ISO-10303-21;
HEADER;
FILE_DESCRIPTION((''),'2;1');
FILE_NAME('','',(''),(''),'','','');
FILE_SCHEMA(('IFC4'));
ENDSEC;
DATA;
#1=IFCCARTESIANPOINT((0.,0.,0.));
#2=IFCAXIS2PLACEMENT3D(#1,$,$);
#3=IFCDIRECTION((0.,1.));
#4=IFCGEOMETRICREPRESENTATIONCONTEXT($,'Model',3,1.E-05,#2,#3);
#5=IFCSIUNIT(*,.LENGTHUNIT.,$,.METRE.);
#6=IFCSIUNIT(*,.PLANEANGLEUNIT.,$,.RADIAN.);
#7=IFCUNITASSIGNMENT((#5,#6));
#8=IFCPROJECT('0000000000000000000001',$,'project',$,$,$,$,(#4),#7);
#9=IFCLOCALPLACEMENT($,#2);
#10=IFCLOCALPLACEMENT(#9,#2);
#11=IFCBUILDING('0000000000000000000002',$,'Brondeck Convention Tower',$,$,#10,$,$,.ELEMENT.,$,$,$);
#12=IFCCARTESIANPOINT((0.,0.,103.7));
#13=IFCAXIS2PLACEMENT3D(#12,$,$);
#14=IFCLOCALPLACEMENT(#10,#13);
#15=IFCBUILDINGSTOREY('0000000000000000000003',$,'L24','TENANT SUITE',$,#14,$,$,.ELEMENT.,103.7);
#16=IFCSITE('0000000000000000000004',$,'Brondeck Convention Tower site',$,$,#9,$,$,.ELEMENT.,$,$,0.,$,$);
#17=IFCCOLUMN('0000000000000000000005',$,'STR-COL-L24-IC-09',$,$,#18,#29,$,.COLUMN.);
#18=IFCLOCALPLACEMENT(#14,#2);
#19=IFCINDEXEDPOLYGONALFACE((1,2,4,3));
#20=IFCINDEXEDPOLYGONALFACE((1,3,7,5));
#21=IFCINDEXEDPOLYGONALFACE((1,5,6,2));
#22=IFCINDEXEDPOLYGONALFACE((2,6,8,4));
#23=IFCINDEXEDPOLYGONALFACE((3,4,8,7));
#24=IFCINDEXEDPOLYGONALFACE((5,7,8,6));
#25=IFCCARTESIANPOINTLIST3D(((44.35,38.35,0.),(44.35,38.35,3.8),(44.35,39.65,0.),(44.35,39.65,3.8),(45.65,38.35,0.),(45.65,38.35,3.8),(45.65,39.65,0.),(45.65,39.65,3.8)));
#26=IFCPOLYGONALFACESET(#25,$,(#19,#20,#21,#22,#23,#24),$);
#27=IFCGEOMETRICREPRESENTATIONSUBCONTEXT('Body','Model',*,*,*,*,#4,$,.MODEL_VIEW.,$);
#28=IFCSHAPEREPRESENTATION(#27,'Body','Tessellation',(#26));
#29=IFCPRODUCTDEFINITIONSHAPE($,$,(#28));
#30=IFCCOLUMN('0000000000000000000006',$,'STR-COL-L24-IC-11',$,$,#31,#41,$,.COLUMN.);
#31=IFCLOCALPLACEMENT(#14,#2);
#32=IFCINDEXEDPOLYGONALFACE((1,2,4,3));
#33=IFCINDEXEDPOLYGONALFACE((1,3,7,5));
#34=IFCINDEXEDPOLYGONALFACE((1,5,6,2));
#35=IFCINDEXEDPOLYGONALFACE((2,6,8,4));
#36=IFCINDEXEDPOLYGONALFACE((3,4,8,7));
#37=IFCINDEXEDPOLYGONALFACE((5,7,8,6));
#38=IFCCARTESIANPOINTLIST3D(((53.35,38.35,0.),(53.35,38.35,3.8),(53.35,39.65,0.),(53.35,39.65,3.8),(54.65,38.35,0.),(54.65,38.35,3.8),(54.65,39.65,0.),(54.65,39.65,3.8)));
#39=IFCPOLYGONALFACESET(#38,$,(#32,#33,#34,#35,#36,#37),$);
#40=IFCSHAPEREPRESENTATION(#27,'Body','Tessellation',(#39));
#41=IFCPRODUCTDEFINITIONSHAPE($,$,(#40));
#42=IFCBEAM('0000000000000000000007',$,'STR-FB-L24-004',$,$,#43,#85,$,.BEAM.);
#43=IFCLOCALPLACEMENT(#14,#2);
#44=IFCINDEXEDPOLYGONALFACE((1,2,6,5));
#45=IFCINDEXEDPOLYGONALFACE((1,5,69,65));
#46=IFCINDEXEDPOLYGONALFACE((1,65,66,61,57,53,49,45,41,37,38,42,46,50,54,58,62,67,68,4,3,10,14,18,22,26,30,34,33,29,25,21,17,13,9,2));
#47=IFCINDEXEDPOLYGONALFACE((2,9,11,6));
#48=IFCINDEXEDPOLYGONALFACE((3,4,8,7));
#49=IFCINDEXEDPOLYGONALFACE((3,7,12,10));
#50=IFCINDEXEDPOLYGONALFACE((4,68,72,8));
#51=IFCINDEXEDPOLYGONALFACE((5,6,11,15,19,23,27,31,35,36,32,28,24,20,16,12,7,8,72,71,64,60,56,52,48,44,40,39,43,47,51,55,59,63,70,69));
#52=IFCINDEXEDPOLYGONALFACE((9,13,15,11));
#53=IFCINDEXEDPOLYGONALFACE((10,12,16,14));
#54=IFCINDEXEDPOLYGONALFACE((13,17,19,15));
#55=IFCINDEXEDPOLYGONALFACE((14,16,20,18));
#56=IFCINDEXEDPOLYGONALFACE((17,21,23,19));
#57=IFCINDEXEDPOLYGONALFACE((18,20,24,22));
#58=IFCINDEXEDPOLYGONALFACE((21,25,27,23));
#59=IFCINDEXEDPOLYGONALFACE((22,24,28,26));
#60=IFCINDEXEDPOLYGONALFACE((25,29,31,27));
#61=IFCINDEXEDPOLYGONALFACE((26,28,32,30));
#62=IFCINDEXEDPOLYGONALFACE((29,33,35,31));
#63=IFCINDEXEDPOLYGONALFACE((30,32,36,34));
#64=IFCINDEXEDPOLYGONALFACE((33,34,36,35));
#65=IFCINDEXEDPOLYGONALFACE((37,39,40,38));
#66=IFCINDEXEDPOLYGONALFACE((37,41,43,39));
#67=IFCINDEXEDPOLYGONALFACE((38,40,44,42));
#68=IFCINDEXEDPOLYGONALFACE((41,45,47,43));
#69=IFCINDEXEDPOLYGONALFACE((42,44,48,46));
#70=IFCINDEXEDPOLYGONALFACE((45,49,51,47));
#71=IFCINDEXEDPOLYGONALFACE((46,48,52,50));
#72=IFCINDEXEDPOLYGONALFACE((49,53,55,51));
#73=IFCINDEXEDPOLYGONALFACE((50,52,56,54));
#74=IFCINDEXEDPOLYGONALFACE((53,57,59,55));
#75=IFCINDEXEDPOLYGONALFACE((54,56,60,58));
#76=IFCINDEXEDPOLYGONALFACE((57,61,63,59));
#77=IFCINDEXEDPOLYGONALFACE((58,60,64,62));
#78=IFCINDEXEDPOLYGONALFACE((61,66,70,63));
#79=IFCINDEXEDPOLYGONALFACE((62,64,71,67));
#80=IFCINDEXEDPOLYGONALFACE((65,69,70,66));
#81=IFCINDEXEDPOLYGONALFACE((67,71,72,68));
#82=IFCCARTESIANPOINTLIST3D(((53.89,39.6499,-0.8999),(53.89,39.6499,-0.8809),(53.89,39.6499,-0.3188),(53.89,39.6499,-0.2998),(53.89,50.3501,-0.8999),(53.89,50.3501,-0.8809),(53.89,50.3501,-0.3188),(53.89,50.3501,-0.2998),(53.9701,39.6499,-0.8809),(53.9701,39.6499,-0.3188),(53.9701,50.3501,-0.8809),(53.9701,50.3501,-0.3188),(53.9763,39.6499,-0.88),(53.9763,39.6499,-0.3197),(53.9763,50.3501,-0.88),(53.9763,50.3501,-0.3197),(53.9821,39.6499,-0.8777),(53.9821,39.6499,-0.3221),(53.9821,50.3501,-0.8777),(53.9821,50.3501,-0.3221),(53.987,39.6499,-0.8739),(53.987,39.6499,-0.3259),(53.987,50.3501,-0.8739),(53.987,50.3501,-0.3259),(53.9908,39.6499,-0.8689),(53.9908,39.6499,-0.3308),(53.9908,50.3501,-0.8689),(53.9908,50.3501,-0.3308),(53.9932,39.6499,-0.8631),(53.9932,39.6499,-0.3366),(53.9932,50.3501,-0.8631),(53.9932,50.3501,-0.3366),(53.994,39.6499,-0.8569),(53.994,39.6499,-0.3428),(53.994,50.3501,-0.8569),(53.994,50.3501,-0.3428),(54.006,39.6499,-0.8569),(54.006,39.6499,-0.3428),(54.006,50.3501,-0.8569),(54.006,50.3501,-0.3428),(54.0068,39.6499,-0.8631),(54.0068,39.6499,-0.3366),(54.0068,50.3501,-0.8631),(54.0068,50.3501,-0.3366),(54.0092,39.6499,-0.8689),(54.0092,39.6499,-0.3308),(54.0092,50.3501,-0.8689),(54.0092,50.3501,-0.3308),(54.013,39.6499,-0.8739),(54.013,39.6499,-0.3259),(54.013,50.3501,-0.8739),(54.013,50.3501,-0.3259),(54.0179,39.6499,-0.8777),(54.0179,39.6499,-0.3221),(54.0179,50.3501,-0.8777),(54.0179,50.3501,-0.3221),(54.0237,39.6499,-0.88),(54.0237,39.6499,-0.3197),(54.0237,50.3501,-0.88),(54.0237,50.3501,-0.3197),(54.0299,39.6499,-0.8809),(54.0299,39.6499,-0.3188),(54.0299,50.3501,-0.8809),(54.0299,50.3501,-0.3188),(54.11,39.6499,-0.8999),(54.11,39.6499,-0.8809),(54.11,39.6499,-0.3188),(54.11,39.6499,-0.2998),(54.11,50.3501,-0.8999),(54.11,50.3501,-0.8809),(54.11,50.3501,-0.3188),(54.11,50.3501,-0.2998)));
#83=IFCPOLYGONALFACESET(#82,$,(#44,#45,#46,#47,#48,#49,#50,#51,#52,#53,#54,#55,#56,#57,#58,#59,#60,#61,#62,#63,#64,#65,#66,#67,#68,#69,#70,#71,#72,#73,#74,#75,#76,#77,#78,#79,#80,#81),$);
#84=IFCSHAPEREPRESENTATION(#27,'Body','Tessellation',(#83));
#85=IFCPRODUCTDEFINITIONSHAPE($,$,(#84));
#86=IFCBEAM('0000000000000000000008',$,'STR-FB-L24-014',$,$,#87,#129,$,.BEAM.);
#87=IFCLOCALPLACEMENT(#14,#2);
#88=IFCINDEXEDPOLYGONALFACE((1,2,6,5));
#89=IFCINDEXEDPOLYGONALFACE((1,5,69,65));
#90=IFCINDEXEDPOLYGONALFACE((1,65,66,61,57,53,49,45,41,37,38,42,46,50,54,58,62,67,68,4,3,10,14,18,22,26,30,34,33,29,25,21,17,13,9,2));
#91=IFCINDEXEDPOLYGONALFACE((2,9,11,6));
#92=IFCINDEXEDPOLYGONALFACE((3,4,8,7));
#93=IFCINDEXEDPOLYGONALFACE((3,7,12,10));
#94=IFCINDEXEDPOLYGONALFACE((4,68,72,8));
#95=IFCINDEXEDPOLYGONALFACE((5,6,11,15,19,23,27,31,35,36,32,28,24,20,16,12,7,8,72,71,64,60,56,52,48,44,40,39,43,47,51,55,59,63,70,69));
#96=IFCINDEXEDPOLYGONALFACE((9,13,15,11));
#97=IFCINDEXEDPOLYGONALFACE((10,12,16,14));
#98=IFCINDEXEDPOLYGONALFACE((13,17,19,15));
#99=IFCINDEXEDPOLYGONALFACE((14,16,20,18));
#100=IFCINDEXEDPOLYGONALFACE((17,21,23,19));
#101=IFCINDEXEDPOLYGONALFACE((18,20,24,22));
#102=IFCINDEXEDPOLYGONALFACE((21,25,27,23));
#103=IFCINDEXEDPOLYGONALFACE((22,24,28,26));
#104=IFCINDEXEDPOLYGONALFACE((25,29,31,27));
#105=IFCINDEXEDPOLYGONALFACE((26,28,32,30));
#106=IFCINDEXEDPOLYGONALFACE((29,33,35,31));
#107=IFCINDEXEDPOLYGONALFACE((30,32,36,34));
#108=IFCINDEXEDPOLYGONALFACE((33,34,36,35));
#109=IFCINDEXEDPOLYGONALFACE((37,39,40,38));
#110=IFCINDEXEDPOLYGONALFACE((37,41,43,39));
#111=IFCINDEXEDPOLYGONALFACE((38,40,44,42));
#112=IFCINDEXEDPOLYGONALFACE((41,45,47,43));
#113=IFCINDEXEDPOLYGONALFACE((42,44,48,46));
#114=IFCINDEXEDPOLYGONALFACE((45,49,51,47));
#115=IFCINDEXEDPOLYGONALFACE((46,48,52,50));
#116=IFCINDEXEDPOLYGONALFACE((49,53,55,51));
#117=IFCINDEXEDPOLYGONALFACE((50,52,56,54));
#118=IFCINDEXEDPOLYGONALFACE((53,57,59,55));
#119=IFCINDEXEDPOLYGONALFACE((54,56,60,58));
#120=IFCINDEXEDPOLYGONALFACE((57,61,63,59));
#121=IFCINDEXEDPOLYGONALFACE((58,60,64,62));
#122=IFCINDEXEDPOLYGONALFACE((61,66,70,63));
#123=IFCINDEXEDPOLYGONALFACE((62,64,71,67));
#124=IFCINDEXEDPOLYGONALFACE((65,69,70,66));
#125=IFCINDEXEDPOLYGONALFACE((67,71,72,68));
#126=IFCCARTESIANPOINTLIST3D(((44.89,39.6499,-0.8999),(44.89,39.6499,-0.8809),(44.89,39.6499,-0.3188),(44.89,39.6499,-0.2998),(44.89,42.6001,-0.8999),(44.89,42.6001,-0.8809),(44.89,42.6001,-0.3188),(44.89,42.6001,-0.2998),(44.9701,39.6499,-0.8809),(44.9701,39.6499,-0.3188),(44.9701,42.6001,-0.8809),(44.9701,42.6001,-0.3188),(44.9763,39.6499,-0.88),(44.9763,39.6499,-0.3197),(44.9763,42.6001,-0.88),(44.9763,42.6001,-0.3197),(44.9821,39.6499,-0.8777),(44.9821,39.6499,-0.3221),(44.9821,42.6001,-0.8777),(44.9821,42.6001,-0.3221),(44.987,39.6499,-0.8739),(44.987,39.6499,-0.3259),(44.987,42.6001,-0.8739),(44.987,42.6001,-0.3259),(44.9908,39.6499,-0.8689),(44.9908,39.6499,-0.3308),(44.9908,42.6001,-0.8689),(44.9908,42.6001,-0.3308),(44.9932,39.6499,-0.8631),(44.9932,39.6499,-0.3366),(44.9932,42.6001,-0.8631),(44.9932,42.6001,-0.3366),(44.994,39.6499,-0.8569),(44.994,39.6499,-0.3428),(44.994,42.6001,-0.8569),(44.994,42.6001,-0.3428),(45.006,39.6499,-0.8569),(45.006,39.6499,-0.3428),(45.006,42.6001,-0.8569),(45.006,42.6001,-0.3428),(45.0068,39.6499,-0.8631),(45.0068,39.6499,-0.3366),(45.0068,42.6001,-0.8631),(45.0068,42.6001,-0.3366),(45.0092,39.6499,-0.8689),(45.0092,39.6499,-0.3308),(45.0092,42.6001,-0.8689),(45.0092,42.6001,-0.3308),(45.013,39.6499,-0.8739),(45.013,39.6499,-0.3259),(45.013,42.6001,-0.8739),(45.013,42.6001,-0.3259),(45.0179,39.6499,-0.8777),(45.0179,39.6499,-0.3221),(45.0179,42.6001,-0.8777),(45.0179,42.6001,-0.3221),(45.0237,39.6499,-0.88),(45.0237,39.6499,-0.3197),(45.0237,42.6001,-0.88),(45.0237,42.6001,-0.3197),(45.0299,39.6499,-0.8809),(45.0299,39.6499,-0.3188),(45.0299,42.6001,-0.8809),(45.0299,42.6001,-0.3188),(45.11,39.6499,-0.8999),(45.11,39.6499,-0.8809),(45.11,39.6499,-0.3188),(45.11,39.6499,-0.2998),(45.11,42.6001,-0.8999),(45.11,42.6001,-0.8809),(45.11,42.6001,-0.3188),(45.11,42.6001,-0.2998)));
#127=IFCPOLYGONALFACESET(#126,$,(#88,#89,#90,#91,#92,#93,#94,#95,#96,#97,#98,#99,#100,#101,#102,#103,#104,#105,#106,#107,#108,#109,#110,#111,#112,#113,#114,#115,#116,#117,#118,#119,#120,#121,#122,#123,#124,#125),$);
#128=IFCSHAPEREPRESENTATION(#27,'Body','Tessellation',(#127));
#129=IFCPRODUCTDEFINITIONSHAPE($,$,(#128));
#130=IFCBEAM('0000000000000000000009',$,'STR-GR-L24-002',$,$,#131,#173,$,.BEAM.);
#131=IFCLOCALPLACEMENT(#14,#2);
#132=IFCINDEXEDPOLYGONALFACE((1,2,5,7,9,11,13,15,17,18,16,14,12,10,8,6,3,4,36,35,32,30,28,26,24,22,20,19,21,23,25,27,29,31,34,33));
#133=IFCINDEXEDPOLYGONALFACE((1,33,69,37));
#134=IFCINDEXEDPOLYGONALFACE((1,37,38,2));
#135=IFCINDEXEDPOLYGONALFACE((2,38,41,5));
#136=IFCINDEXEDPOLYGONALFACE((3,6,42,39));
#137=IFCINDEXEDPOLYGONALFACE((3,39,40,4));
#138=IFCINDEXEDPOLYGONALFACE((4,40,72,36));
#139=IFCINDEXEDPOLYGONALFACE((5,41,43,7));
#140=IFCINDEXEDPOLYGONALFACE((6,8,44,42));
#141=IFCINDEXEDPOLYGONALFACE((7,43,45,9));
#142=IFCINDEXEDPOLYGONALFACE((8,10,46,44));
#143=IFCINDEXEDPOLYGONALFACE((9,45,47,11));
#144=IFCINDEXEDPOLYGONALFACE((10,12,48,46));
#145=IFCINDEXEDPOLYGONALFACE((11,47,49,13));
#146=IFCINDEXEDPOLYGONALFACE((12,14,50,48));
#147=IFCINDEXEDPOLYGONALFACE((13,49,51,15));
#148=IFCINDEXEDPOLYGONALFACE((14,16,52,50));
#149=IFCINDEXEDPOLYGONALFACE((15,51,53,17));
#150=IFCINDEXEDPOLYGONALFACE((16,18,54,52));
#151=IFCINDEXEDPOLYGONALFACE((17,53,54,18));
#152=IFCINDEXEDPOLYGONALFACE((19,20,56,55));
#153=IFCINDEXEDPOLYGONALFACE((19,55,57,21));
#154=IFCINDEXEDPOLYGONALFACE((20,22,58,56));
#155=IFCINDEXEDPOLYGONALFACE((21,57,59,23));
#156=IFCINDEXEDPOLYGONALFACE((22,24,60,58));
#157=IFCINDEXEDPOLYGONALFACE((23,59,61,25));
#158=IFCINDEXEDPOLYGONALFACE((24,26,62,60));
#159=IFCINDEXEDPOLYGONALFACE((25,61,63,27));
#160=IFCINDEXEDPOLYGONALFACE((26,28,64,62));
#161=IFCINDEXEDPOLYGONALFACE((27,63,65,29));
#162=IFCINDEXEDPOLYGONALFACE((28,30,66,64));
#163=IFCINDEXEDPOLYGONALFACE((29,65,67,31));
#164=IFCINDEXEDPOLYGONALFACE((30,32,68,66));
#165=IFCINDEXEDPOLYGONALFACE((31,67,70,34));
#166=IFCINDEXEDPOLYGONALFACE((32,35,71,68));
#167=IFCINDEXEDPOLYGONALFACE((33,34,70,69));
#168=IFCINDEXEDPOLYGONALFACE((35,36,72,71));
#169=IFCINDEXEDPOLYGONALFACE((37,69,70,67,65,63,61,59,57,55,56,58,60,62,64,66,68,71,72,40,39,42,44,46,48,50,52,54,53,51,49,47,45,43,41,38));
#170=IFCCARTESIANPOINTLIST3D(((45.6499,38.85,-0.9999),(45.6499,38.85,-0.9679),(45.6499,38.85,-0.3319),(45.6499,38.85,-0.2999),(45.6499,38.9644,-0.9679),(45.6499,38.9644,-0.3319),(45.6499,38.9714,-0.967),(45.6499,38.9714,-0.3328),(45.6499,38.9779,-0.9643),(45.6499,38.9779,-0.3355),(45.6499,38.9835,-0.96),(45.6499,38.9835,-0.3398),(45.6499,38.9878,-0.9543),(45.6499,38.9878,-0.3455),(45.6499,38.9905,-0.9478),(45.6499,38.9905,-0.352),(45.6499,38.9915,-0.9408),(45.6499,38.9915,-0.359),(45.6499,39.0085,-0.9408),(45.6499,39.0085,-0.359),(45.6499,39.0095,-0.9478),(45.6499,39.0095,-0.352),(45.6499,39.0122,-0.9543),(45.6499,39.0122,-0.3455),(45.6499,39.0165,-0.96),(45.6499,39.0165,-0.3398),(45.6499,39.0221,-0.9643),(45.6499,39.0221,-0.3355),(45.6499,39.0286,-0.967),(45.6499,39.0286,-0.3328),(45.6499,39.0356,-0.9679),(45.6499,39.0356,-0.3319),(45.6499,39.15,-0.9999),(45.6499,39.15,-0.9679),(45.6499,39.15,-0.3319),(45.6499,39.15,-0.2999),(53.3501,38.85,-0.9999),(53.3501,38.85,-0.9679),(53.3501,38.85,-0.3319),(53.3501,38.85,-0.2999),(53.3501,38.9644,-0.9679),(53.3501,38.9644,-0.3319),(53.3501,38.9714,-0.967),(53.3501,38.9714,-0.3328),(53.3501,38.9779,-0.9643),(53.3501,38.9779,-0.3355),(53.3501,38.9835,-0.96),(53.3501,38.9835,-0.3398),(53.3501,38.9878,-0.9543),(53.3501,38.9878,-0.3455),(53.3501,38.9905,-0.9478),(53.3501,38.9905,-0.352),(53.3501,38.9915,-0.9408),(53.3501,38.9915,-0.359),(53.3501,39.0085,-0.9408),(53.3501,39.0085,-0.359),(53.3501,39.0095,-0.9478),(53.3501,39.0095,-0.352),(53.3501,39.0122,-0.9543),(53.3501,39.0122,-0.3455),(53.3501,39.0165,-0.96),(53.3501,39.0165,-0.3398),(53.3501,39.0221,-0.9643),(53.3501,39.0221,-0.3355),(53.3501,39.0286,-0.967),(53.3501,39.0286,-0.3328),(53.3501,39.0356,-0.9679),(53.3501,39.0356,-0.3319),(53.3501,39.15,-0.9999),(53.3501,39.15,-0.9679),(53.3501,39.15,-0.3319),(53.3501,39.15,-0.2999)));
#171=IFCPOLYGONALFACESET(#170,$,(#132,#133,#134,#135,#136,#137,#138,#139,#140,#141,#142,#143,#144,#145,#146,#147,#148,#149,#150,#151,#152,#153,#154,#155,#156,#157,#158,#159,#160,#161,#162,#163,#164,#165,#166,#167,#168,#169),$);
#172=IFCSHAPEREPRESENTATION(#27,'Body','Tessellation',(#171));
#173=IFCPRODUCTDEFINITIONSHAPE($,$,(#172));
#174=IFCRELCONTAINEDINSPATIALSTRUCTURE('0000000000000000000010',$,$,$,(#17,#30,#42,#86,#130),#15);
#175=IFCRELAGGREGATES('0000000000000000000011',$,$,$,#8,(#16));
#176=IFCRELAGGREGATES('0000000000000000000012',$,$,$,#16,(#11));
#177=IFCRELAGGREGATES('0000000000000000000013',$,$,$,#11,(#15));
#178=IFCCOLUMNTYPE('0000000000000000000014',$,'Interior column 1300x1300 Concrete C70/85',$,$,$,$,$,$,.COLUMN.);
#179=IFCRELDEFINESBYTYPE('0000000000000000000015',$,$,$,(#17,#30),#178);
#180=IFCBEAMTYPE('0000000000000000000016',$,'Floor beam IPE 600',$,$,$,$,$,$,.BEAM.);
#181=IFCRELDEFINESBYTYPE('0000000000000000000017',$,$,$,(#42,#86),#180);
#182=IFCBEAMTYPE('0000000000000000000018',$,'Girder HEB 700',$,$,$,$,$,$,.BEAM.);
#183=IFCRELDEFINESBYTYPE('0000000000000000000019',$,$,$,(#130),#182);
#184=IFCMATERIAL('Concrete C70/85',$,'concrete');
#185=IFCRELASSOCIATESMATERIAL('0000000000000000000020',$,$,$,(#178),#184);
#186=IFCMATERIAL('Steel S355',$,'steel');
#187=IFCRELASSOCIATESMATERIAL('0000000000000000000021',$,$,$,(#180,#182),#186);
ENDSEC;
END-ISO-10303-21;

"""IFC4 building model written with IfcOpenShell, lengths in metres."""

from ifc_helpers import new_model, si_unit, direction, frame, origin, origin_2d, place, context, subcontext, project, spatial, rectangle, i_section, extrude, material, material_profile, profile_set, type_object, element, save


model = new_model("IFC4")

# Units and contexts
model_context = context("Model", 3, precision=1e-05, world=origin(), true_north=direction((0.0, 1.0)))
body_context = subcontext(model_context, "Body", "Model", "MODEL_VIEW")
ifc_project = project(units=[si_unit("LENGTHUNIT", "METRE"), si_unit("PLANEANGLEUNIT", "RADIAN")], contexts=[model_context])

# Site, building, storey
site_placement = place(None, origin())
site = spatial("IfcSite", under=ifc_project, at=site_placement, Name="Brondeck Convention Tower site", CompositionType="ELEMENT", RefElevation=0.0)
building_placement = place(site_placement, origin())
building = spatial("IfcBuilding", under=site, at=building_placement, Name="Brondeck Convention Tower", CompositionType="ELEMENT")
storey_placement = place(building_placement, frame((0.0, 0.0, 103.7)))
storey = spatial("IfcBuildingStorey", under=building, at=storey_placement, Name="L24", Description="TENANT SUITE", CompositionType="ELEMENT", Elevation=103.7)

# Columns
ifc_material_1 = material(Name="Concrete C70/85", Category="concrete")
ifc_material_profile_1 = material_profile(ifc_material_1, rectangle(XDim=1.3, YDim=1.3, at=origin_2d()), Name="Interior column 1300x1300 Concrete C70/85")
ifc_profile_set_1 = profile_set([ifc_material_profile_1], Name="Concrete C70/85")
column_type = type_object("IfcColumnType", Name="Interior column 1300x1300 Concrete C70/85", PredefinedType="COLUMN", material=ifc_profile_set_1)
for number, where, z_axis, x_axis, name in (
    (1, (45.0, 39.0, 0.0), (0.0, 0.0, 1.0), (1.0, 0.0, 0.0), "STR-COL-L24-IC-09"),
    (2, (54.0, 39.0, 0.0), (0.0, 0.0, 1.0), (1.0, 0.0, 0.0), "STR-COL-L24-IC-11"),
):
    element("IfcColumn", number, at=place(storey_placement, frame(where, z_axis=z_axis, x_axis=x_axis)), inside=storey, type_object=column_type, Name=name, PredefinedType="COLUMN", context=body_context, shape_type="SweptSolid", body=[
        extrude(rectangle(XDim=1.3, YDim=1.3, at=origin_2d()), origin(), (0.0, 0.0, 1.0), 3.8),
    ])

# Beams
ifc_material_2 = material(Name="Steel S355", Category="steel")
ifc_material_profile_2 = material_profile(ifc_material_2, i_section(OverallWidth=0.22, OverallDepth=0.6001, WebThickness=0.012, FlangeThickness=0.019, FilletRadius=0.0239, at=origin_2d()), Name="IPE 600")
ifc_profile_set_2 = profile_set([ifc_material_profile_2], Name="Steel S355")
beam_type_1 = type_object("IfcBeamType", Name="Floor beam IPE 600", PredefinedType="BEAM", material=ifc_profile_set_2)
beam_1_placement = place(storey_placement, frame((54.0, 39.6499, -0.5999), z_axis=(0.0, 1.0, 0.0), x_axis=(-1.0, 0.0, 0.0)))
element("IfcBeam", 3, at=beam_1_placement, inside=storey, type_object=beam_type_1, Name="STR-FB-L24-004", PredefinedType="BEAM", context=body_context, shape_type="SweptSolid", body=[
    extrude(i_section(OverallWidth=0.22, OverallDepth=0.6001, WebThickness=0.012, FlangeThickness=0.019, FilletRadius=0.0239, at=origin_2d()), origin(), (0.0, 0.0, 1.0), 10.7002),
])
beam_2_placement = place(storey_placement, frame((45.0, 39.6499, -0.5999), z_axis=(0.0, 1.0, 0.0), x_axis=(-1.0, 0.0, 0.0)))
element("IfcBeam", 4, at=beam_2_placement, inside=storey, type_object=beam_type_1, Name="STR-FB-L24-014", PredefinedType="BEAM", context=body_context, shape_type="SweptSolid", body=[
    extrude(i_section(OverallWidth=0.22, OverallDepth=0.6001, WebThickness=0.012, FlangeThickness=0.019, FilletRadius=0.0239, at=origin_2d()), origin(), (0.0, 0.0, 1.0), 2.9502),
])
ifc_material_profile_3 = material_profile(ifc_material_2, i_section(OverallWidth=0.3, OverallDepth=0.7, WebThickness=0.0171, FlangeThickness=0.032, FilletRadius=0.0271, at=origin_2d()), Name="HEB 700")
ifc_profile_set_3 = profile_set([ifc_material_profile_3], Name="Steel S355")
beam_type_2 = type_object("IfcBeamType", Name="Girder HEB 700", PredefinedType="BEAM", material=ifc_profile_set_3)
for number, where, z_axis, x_axis, name in (
    (5, (45.6499, 39.0, -0.6499), (1.0, 0.0, 0.0), (0.0, 1.0, 0.0), "STR-GR-L24-002"),
):
    element("IfcBeam", number, at=place(storey_placement, frame(where, z_axis=z_axis, x_axis=x_axis)), inside=storey, type_object=beam_type_2, Name=name, PredefinedType="BEAM", context=body_context, shape_type="SweptSolid", body=[
        extrude(i_section(OverallWidth=0.3, OverallDepth=0.7, WebThickness=0.0171, FlangeThickness=0.032, FilletRadius=0.0271, at=origin_2d()), origin(), (0.0, 0.0, 1.0), 7.7002),
    ])

save(model, "model.ifc")
